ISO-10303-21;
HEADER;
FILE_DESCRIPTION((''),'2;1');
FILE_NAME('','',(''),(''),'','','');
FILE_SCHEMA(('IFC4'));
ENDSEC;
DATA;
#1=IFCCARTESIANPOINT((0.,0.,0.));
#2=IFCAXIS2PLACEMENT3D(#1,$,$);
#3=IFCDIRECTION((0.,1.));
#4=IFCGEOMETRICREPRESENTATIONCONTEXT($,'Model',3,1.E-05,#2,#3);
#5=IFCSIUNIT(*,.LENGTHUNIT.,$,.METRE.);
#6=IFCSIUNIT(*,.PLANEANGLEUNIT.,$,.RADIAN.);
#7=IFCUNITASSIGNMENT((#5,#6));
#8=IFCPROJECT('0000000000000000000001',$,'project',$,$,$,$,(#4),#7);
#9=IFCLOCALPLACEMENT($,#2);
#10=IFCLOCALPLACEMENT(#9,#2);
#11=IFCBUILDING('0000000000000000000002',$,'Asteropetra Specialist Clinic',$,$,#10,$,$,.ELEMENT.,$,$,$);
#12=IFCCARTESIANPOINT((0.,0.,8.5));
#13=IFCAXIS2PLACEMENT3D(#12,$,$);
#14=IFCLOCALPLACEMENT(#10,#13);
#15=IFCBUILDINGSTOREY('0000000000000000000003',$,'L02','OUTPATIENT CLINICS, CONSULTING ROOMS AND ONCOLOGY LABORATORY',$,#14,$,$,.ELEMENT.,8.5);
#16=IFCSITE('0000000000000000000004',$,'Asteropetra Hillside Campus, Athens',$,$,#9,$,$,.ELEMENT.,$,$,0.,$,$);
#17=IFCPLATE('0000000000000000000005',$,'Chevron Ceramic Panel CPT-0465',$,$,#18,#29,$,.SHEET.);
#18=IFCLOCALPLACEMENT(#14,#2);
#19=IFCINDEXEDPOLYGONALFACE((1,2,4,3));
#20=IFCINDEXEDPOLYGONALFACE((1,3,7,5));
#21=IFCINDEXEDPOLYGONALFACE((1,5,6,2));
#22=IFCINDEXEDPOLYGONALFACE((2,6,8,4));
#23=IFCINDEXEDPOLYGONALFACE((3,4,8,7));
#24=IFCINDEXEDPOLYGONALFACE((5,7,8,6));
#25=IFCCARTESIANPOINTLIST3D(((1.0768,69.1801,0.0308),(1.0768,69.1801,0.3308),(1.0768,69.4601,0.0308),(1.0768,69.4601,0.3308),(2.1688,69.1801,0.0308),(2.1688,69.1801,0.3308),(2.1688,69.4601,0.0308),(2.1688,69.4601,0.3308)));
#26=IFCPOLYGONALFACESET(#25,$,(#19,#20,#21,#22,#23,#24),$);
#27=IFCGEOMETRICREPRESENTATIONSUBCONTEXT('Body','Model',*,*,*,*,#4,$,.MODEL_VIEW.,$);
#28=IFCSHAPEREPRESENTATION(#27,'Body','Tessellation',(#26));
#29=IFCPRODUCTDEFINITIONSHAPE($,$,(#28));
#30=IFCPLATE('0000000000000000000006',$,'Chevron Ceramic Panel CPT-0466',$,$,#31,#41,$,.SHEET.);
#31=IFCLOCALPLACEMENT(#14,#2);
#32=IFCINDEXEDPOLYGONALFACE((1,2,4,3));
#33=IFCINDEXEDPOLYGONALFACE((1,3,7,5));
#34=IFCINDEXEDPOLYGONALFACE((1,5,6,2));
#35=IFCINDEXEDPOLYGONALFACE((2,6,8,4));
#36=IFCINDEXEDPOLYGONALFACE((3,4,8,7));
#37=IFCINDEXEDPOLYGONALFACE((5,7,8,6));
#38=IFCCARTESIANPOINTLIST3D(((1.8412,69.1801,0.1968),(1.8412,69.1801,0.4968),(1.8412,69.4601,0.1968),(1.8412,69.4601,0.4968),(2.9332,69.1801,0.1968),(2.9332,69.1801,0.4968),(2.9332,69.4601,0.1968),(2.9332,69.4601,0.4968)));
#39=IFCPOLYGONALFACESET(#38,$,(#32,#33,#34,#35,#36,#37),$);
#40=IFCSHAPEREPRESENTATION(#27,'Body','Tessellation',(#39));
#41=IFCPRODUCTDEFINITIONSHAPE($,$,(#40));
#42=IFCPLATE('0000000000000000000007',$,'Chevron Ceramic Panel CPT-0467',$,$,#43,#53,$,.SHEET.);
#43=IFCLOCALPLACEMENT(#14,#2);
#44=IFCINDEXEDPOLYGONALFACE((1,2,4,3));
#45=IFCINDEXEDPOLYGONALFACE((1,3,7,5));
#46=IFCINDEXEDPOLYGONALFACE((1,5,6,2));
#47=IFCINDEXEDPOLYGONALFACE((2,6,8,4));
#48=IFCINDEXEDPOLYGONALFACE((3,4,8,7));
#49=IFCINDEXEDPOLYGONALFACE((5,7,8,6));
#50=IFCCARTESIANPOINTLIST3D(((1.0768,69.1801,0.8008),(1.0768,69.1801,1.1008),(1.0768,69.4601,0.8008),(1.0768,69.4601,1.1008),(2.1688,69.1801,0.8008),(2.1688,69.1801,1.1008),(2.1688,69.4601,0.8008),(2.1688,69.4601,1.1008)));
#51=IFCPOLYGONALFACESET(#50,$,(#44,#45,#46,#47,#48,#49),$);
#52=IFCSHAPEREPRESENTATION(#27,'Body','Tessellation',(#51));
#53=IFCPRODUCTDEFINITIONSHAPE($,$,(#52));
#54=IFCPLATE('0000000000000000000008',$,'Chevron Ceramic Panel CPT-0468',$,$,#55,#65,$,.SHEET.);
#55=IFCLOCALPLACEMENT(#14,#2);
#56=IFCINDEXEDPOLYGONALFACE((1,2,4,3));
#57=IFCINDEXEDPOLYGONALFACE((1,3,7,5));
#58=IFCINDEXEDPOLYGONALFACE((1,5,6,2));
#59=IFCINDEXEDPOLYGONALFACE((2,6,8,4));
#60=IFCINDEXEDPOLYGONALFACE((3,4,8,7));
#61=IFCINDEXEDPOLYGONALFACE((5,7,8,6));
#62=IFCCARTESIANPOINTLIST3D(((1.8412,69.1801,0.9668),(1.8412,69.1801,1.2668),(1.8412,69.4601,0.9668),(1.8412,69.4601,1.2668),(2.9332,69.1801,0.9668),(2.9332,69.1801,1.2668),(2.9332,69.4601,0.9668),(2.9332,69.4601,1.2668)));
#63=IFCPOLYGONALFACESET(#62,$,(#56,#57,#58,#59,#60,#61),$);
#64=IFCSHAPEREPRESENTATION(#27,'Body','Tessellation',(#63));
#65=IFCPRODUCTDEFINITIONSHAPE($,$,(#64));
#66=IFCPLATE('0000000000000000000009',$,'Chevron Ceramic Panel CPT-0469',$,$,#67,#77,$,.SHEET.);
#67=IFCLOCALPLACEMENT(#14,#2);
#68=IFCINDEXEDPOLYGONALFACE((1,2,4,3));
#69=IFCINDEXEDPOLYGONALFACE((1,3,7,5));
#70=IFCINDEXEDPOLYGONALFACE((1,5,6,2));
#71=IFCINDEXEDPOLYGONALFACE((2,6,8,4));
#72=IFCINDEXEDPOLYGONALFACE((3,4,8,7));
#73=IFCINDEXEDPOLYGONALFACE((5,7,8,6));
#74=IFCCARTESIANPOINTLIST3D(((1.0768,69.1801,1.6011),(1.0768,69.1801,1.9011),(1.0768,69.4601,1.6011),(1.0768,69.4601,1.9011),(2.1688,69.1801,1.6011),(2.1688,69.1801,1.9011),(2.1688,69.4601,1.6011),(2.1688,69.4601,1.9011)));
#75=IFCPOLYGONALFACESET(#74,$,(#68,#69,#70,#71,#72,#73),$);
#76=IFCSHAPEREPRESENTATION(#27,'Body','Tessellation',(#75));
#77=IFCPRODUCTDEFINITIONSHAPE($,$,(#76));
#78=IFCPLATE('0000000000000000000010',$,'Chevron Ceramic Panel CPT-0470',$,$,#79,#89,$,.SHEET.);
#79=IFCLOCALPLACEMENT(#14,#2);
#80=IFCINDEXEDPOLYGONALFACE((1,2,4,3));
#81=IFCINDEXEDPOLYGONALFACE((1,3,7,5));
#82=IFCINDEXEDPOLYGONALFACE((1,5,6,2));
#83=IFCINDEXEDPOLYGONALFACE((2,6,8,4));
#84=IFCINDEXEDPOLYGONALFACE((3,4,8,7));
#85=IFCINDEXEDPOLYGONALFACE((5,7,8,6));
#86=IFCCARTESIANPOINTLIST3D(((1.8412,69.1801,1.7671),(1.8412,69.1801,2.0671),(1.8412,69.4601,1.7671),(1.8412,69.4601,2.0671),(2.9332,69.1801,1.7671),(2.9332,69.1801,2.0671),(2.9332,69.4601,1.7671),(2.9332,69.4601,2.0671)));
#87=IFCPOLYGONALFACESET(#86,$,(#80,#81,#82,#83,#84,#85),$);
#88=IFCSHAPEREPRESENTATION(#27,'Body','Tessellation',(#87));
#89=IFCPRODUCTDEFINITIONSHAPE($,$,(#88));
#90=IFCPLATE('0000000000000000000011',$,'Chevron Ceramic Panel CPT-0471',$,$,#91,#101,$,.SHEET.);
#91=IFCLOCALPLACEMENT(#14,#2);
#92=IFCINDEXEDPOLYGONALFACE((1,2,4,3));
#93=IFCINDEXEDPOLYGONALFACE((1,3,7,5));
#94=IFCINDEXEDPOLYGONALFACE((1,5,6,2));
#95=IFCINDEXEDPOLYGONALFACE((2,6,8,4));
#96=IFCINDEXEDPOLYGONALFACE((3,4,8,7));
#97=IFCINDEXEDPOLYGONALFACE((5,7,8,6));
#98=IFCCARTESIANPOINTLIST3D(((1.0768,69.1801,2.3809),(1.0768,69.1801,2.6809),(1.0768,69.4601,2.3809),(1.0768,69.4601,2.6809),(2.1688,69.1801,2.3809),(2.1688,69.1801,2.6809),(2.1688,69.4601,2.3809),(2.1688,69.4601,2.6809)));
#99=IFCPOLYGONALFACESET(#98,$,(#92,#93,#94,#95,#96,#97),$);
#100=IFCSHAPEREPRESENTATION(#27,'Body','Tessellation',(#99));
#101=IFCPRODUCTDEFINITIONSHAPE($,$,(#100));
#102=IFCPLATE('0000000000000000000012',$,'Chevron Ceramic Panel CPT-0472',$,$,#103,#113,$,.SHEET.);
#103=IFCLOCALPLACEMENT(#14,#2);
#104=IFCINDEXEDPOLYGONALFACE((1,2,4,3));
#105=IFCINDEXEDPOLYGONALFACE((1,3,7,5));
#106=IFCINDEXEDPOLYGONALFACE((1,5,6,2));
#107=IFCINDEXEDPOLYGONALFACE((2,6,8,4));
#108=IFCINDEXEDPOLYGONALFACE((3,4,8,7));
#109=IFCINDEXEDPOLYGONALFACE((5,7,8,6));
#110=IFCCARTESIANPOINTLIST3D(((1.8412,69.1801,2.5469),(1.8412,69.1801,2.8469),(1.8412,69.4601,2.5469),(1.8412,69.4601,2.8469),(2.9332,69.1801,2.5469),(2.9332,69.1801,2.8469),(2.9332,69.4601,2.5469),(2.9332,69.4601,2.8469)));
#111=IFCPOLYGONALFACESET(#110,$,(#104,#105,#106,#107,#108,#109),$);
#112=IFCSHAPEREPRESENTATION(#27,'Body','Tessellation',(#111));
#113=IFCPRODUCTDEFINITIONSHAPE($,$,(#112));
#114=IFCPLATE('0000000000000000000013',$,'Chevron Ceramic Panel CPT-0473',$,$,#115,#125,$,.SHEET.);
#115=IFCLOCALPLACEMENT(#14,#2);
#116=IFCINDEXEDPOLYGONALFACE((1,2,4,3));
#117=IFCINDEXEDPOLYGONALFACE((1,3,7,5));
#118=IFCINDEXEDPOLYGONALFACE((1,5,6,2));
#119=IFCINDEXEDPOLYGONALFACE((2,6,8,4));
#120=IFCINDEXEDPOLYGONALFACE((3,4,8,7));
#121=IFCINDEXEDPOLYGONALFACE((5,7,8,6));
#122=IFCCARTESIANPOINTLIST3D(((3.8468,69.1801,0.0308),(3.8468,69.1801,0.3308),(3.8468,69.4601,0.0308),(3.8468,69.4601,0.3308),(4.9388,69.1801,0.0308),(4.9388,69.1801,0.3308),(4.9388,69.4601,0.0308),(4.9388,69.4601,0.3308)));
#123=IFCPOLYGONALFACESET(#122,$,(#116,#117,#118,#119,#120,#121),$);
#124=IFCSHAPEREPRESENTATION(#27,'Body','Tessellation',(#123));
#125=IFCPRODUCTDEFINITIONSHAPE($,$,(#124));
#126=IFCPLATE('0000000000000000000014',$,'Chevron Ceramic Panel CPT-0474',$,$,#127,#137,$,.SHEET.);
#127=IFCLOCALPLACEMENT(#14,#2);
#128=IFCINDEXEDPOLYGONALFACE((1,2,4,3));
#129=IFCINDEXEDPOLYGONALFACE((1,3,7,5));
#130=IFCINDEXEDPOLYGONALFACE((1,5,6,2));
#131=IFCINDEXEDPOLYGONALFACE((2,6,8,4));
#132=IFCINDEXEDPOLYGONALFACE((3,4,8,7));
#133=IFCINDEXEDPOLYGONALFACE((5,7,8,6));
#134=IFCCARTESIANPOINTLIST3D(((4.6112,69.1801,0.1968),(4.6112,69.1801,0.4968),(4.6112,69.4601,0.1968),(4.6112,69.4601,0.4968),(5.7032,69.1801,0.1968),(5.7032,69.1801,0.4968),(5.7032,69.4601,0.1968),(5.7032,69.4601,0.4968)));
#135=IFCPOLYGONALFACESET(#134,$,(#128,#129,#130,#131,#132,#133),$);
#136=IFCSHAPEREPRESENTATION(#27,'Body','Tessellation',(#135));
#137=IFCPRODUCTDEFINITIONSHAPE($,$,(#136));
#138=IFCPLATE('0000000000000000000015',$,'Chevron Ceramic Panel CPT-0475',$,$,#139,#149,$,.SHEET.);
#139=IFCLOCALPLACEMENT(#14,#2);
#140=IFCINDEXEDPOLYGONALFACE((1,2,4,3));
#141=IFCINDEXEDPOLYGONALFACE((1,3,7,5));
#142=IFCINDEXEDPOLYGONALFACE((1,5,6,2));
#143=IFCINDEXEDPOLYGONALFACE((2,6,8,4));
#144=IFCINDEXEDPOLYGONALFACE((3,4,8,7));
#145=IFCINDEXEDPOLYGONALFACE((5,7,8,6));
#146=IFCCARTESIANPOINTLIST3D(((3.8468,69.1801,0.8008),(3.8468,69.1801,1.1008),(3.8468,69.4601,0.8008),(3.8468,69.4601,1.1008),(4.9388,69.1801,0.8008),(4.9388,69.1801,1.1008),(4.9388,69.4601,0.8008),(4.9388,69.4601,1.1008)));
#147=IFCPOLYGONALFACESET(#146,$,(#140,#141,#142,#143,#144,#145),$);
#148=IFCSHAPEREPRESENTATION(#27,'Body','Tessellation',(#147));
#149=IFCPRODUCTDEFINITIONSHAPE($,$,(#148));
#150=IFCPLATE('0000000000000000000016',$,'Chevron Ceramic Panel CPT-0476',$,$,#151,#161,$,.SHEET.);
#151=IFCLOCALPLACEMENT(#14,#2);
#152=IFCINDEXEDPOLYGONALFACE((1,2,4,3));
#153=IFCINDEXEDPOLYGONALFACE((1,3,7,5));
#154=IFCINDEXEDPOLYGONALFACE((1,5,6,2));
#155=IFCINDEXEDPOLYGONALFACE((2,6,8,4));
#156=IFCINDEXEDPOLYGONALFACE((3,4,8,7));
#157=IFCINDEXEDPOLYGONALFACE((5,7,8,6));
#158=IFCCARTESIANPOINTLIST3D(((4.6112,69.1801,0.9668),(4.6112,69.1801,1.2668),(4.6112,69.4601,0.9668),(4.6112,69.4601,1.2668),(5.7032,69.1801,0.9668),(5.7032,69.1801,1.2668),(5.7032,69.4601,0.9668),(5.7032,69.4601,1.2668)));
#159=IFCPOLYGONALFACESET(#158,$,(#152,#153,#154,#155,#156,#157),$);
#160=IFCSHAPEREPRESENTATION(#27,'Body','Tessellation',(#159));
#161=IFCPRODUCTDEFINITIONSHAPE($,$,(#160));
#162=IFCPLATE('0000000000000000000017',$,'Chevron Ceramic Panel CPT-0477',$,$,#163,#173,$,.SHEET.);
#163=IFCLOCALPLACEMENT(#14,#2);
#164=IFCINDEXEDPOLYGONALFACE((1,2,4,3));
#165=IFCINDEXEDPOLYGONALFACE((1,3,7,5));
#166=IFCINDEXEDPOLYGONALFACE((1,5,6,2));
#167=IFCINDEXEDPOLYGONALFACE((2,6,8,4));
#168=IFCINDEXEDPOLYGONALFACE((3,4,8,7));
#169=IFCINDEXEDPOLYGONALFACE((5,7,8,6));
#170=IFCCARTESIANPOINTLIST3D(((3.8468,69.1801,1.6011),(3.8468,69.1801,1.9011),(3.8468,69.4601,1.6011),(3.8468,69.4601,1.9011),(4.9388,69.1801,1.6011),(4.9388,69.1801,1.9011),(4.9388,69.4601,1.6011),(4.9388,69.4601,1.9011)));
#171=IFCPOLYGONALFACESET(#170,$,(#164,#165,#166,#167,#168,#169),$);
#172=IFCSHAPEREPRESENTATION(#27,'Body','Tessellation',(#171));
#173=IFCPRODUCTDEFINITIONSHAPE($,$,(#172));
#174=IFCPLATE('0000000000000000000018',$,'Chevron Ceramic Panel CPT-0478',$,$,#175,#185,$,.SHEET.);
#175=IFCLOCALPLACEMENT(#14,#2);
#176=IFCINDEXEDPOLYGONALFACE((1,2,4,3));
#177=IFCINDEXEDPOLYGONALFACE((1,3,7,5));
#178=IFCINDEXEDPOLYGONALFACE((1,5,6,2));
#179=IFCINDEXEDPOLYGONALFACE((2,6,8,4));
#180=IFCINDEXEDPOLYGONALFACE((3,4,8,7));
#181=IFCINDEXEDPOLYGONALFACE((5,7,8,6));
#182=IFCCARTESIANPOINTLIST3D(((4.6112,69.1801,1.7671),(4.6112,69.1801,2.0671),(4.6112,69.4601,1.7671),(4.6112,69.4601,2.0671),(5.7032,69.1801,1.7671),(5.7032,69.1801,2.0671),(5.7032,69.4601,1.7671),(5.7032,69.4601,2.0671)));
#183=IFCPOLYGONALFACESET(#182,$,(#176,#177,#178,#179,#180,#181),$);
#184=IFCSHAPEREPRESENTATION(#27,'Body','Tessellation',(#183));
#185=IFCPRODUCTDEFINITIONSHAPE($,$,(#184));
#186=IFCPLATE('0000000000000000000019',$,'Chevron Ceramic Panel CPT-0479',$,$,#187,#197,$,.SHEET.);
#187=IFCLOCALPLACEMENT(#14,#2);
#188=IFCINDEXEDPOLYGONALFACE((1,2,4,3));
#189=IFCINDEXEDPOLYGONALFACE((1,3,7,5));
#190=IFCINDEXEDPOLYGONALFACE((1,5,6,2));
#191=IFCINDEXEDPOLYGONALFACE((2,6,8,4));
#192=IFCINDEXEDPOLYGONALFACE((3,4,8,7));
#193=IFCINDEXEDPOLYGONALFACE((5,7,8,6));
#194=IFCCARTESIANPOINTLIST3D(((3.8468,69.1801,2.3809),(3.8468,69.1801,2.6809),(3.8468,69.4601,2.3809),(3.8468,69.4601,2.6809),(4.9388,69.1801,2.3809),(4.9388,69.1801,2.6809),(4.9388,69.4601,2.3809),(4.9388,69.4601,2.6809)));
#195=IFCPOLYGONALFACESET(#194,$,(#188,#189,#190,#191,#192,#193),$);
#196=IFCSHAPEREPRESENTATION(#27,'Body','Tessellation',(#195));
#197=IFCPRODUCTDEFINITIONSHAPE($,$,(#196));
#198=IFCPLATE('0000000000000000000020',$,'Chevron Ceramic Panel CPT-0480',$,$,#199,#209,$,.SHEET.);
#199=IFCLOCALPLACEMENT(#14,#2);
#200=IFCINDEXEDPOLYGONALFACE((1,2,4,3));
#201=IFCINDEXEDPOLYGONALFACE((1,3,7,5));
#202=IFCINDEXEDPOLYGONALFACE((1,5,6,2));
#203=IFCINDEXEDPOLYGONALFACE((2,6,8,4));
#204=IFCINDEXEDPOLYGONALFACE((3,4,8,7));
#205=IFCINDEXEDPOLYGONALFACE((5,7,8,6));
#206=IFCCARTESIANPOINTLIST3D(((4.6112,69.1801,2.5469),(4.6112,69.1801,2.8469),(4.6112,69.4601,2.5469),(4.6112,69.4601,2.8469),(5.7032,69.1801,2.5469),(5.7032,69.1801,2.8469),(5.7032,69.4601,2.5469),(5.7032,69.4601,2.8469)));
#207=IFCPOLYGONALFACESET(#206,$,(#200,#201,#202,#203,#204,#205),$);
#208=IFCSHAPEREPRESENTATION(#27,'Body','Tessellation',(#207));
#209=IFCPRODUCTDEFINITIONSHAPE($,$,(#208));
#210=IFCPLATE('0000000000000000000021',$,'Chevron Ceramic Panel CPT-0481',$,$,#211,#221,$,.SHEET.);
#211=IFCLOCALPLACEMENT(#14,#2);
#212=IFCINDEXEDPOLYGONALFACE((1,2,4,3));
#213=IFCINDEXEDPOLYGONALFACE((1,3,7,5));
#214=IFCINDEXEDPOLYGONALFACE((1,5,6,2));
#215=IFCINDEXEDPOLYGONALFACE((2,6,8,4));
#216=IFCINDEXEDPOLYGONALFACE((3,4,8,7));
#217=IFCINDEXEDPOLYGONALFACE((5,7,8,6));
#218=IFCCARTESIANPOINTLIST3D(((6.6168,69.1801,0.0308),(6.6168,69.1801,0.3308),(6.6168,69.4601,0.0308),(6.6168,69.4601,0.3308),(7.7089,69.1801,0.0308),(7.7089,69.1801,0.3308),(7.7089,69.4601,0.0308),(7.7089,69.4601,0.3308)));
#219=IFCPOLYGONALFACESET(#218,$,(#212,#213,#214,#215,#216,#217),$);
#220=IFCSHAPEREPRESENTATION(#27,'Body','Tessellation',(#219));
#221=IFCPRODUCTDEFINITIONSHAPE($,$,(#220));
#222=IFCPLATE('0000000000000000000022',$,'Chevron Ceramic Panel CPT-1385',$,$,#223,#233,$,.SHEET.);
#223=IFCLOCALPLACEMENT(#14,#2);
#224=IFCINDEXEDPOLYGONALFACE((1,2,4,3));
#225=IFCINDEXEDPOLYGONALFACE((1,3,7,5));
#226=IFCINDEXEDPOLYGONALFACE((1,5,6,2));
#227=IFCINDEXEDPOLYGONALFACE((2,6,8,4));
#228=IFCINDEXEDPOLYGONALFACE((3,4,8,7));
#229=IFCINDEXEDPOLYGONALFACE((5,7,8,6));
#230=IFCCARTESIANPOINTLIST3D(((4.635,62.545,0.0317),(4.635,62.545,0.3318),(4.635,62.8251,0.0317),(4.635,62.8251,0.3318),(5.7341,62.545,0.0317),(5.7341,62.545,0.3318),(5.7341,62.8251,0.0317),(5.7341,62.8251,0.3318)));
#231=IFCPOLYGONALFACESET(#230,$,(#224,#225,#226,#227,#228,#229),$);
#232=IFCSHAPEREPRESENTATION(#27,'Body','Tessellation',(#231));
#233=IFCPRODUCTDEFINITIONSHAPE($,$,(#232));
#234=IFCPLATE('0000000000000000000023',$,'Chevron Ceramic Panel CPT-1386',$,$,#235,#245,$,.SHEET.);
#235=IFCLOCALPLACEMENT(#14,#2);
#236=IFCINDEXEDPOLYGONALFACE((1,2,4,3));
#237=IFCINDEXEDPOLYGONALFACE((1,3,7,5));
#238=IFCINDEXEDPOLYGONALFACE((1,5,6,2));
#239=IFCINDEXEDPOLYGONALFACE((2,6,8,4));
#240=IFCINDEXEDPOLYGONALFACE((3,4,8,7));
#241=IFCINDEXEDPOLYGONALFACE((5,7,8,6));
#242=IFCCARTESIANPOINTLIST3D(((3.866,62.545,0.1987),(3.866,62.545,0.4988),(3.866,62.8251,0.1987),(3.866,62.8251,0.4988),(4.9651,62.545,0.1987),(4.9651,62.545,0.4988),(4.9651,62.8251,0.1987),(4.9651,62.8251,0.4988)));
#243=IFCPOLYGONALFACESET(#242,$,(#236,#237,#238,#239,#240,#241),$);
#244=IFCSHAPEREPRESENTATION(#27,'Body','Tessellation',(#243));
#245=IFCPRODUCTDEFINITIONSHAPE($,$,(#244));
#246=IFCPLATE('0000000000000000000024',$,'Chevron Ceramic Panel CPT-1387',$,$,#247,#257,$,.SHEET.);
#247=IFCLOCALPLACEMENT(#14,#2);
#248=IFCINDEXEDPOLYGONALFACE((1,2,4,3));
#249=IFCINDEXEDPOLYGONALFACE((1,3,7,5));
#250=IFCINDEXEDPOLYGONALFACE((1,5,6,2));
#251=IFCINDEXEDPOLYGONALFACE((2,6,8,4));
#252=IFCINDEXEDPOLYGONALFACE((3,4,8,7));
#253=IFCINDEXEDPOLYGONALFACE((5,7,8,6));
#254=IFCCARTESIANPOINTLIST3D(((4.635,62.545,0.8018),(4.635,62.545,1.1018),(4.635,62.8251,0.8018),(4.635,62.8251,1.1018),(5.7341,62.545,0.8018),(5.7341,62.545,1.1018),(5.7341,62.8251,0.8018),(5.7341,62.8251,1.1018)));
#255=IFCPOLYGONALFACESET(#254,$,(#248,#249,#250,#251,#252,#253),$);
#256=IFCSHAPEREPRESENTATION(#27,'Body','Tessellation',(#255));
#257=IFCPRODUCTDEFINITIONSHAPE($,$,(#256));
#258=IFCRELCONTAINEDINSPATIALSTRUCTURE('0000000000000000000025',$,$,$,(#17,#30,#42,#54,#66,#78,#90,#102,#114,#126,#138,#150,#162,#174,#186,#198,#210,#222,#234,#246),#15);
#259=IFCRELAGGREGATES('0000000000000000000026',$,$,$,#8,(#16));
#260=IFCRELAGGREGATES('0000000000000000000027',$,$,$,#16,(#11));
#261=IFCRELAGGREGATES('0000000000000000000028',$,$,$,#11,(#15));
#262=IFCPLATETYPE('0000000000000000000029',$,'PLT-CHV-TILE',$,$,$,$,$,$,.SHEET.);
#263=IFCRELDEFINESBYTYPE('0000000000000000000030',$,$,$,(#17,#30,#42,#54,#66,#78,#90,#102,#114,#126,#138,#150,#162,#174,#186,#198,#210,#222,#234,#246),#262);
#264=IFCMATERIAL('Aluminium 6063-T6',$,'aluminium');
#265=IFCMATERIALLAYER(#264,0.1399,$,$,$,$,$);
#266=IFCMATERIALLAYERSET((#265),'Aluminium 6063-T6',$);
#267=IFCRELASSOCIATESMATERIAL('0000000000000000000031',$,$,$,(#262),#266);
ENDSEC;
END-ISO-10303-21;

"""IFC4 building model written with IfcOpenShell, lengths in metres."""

from ifc_helpers import new_model, si_unit, direction, frame, origin, origin_2d, place, context, subcontext, project, spatial, rectangle, extrude, material, layer, layer_set, type_object, element, save


model = new_model("IFC4")

# Units and contexts
model_context = context("Model", 3, precision=1e-05, world=origin(), true_north=direction((0.0, 1.0)))
body_context = subcontext(model_context, "Body", "Model", "MODEL_VIEW")
ifc_project = project(units=[si_unit("LENGTHUNIT", "METRE"), si_unit("PLANEANGLEUNIT", "RADIAN")], contexts=[model_context])

# Site, building, storey
site_placement = place(None, origin())
site = spatial("IfcSite", under=ifc_project, at=site_placement, Name="Asteropetra Hillside Campus, Athens", CompositionType="ELEMENT", RefElevation=0.0)
building_placement = place(site_placement, origin())
building = spatial("IfcBuilding", under=site, at=building_placement, Name="Asteropetra Specialist Clinic", CompositionType="ELEMENT")
storey_placement = place(building_placement, frame((0.0, 0.0, 8.5)))
storey = spatial("IfcBuildingStorey", under=building, at=storey_placement, Name="L02", Description="OUTPATIENT CLINICS, CONSULTING ROOMS AND ONCOLOGY LABORATORY", CompositionType="ELEMENT", Elevation=8.5)

# Plates
ifc_material_1 = material(Name="Aluminium 6063-T6", Category="aluminium")
ifc_layer_1 = layer(ifc_material_1, 0.1399)
ifc_layer_set_1 = layer_set([ifc_layer_1], Name="Aluminium 6063-T6")
plate_type = type_object("IfcPlateType", Name="PLT-CHV-TILE", PredefinedType="SHEET", material=ifc_layer_set_1)
for number, where, z_axis, x_axis, name in (
    (1, (1.6228, 69.3201, 0.0308), (0.0, 0.0, 1.0), (1.0, 0.0, 0.0), "Chevron Ceramic Panel CPT-0465"),
    (2, (2.3872, 69.3201, 0.1968), (0.0, 0.0, 1.0), (1.0, 0.0, 0.0), "Chevron Ceramic Panel CPT-0466"),
    (3, (1.6228, 69.3201, 0.8008), (0.0, 0.0, 1.0), (1.0, 0.0, 0.0), "Chevron Ceramic Panel CPT-0467"),
    (4, (2.3872, 69.3201, 0.9668), (0.0, 0.0, 1.0), (1.0, 0.0, 0.0), "Chevron Ceramic Panel CPT-0468"),
    (5, (1.6228, 69.3201, 1.6011), (0.0, 0.0, 1.0), (1.0, 0.0, 0.0), "Chevron Ceramic Panel CPT-0469"),
    (6, (2.3872, 69.3201, 1.7671), (0.0, 0.0, 1.0), (1.0, 0.0, 0.0), "Chevron Ceramic Panel CPT-0470"),
    (7, (1.6228, 69.3201, 2.3809), (0.0, 0.0, 1.0), (1.0, 0.0, 0.0), "Chevron Ceramic Panel CPT-0471"),
    (8, (2.3872, 69.3201, 2.5469), (0.0, 0.0, 1.0), (1.0, 0.0, 0.0), "Chevron Ceramic Panel CPT-0472"),
    (9, (4.3928, 69.3201, 0.0308), (0.0, 0.0, 1.0), (1.0, 0.0, 0.0), "Chevron Ceramic Panel CPT-0473"),
    (10, (5.1572, 69.3201, 0.1968), (0.0, 0.0, 1.0), (1.0, 0.0, 0.0), "Chevron Ceramic Panel CPT-0474"),
    (11, (4.3928, 69.3201, 0.8008), (0.0, 0.0, 1.0), (1.0, 0.0, 0.0), "Chevron Ceramic Panel CPT-0475"),
    (12, (5.1572, 69.3201, 0.9668), (0.0, 0.0, 1.0), (1.0, 0.0, 0.0), "Chevron Ceramic Panel CPT-0476"),
    (13, (4.3928, 69.3201, 1.6011), (0.0, 0.0, 1.0), (1.0, 0.0, 0.0), "Chevron Ceramic Panel CPT-0477"),
    (14, (5.1572, 69.3201, 1.7671), (0.0, 0.0, 1.0), (1.0, 0.0, 0.0), "Chevron Ceramic Panel CPT-0478"),
    (15, (4.3928, 69.3201, 2.3809), (0.0, 0.0, 1.0), (1.0, 0.0, 0.0), "Chevron Ceramic Panel CPT-0479"),
    (16, (5.1572, 69.3201, 2.5469), (0.0, 0.0, 1.0), (1.0, 0.0, 0.0), "Chevron Ceramic Panel CPT-0480"),
    (17, (7.1628, 69.3201, 0.0308), (0.0, 0.0, 1.0), (1.0, 0.0, 0.0), "Chevron Ceramic Panel CPT-0481"),
):
    element("IfcPlate", number, at=place(storey_placement, frame(where, z_axis=z_axis, x_axis=x_axis)), inside=storey, type_object=plate_type, Name=name, PredefinedType="SHEET", context=body_context, shape_type="SweptSolid", body=[
        extrude(rectangle(XDim=1.092, YDim=0.28, at=origin_2d()), origin(), (0.0, 0.0, 1.0), 0.3),
    ])
for number, where, z_axis, x_axis, name in (
    (18, (5.1846, 62.6851, 0.0317), (0.0, 0.0, 1.0), (1.0, 0.0, 0.0), "Chevron Ceramic Panel CPT-1385"),
    (19, (4.4155, 62.6851, 0.1987), (0.0, 0.0, 1.0), (1.0, 0.0, 0.0), "Chevron Ceramic Panel CPT-1386"),
    (20, (5.1846, 62.6851, 0.8018), (0.0, 0.0, 1.0), (1.0, 0.0, 0.0), "Chevron Ceramic Panel CPT-1387"),
):
    element("IfcPlate", number, at=place(storey_placement, frame(where, z_axis=z_axis, x_axis=x_axis)), inside=storey, type_object=plate_type, Name=name, PredefinedType="SHEET", context=body_context, shape_type="SweptSolid", body=[
        extrude(rectangle(XDim=1.0991, YDim=0.28, at=origin_2d()), origin(), (0.0, 0.0, 1.0), 0.3),
    ])

save(model, "model.ifc")
